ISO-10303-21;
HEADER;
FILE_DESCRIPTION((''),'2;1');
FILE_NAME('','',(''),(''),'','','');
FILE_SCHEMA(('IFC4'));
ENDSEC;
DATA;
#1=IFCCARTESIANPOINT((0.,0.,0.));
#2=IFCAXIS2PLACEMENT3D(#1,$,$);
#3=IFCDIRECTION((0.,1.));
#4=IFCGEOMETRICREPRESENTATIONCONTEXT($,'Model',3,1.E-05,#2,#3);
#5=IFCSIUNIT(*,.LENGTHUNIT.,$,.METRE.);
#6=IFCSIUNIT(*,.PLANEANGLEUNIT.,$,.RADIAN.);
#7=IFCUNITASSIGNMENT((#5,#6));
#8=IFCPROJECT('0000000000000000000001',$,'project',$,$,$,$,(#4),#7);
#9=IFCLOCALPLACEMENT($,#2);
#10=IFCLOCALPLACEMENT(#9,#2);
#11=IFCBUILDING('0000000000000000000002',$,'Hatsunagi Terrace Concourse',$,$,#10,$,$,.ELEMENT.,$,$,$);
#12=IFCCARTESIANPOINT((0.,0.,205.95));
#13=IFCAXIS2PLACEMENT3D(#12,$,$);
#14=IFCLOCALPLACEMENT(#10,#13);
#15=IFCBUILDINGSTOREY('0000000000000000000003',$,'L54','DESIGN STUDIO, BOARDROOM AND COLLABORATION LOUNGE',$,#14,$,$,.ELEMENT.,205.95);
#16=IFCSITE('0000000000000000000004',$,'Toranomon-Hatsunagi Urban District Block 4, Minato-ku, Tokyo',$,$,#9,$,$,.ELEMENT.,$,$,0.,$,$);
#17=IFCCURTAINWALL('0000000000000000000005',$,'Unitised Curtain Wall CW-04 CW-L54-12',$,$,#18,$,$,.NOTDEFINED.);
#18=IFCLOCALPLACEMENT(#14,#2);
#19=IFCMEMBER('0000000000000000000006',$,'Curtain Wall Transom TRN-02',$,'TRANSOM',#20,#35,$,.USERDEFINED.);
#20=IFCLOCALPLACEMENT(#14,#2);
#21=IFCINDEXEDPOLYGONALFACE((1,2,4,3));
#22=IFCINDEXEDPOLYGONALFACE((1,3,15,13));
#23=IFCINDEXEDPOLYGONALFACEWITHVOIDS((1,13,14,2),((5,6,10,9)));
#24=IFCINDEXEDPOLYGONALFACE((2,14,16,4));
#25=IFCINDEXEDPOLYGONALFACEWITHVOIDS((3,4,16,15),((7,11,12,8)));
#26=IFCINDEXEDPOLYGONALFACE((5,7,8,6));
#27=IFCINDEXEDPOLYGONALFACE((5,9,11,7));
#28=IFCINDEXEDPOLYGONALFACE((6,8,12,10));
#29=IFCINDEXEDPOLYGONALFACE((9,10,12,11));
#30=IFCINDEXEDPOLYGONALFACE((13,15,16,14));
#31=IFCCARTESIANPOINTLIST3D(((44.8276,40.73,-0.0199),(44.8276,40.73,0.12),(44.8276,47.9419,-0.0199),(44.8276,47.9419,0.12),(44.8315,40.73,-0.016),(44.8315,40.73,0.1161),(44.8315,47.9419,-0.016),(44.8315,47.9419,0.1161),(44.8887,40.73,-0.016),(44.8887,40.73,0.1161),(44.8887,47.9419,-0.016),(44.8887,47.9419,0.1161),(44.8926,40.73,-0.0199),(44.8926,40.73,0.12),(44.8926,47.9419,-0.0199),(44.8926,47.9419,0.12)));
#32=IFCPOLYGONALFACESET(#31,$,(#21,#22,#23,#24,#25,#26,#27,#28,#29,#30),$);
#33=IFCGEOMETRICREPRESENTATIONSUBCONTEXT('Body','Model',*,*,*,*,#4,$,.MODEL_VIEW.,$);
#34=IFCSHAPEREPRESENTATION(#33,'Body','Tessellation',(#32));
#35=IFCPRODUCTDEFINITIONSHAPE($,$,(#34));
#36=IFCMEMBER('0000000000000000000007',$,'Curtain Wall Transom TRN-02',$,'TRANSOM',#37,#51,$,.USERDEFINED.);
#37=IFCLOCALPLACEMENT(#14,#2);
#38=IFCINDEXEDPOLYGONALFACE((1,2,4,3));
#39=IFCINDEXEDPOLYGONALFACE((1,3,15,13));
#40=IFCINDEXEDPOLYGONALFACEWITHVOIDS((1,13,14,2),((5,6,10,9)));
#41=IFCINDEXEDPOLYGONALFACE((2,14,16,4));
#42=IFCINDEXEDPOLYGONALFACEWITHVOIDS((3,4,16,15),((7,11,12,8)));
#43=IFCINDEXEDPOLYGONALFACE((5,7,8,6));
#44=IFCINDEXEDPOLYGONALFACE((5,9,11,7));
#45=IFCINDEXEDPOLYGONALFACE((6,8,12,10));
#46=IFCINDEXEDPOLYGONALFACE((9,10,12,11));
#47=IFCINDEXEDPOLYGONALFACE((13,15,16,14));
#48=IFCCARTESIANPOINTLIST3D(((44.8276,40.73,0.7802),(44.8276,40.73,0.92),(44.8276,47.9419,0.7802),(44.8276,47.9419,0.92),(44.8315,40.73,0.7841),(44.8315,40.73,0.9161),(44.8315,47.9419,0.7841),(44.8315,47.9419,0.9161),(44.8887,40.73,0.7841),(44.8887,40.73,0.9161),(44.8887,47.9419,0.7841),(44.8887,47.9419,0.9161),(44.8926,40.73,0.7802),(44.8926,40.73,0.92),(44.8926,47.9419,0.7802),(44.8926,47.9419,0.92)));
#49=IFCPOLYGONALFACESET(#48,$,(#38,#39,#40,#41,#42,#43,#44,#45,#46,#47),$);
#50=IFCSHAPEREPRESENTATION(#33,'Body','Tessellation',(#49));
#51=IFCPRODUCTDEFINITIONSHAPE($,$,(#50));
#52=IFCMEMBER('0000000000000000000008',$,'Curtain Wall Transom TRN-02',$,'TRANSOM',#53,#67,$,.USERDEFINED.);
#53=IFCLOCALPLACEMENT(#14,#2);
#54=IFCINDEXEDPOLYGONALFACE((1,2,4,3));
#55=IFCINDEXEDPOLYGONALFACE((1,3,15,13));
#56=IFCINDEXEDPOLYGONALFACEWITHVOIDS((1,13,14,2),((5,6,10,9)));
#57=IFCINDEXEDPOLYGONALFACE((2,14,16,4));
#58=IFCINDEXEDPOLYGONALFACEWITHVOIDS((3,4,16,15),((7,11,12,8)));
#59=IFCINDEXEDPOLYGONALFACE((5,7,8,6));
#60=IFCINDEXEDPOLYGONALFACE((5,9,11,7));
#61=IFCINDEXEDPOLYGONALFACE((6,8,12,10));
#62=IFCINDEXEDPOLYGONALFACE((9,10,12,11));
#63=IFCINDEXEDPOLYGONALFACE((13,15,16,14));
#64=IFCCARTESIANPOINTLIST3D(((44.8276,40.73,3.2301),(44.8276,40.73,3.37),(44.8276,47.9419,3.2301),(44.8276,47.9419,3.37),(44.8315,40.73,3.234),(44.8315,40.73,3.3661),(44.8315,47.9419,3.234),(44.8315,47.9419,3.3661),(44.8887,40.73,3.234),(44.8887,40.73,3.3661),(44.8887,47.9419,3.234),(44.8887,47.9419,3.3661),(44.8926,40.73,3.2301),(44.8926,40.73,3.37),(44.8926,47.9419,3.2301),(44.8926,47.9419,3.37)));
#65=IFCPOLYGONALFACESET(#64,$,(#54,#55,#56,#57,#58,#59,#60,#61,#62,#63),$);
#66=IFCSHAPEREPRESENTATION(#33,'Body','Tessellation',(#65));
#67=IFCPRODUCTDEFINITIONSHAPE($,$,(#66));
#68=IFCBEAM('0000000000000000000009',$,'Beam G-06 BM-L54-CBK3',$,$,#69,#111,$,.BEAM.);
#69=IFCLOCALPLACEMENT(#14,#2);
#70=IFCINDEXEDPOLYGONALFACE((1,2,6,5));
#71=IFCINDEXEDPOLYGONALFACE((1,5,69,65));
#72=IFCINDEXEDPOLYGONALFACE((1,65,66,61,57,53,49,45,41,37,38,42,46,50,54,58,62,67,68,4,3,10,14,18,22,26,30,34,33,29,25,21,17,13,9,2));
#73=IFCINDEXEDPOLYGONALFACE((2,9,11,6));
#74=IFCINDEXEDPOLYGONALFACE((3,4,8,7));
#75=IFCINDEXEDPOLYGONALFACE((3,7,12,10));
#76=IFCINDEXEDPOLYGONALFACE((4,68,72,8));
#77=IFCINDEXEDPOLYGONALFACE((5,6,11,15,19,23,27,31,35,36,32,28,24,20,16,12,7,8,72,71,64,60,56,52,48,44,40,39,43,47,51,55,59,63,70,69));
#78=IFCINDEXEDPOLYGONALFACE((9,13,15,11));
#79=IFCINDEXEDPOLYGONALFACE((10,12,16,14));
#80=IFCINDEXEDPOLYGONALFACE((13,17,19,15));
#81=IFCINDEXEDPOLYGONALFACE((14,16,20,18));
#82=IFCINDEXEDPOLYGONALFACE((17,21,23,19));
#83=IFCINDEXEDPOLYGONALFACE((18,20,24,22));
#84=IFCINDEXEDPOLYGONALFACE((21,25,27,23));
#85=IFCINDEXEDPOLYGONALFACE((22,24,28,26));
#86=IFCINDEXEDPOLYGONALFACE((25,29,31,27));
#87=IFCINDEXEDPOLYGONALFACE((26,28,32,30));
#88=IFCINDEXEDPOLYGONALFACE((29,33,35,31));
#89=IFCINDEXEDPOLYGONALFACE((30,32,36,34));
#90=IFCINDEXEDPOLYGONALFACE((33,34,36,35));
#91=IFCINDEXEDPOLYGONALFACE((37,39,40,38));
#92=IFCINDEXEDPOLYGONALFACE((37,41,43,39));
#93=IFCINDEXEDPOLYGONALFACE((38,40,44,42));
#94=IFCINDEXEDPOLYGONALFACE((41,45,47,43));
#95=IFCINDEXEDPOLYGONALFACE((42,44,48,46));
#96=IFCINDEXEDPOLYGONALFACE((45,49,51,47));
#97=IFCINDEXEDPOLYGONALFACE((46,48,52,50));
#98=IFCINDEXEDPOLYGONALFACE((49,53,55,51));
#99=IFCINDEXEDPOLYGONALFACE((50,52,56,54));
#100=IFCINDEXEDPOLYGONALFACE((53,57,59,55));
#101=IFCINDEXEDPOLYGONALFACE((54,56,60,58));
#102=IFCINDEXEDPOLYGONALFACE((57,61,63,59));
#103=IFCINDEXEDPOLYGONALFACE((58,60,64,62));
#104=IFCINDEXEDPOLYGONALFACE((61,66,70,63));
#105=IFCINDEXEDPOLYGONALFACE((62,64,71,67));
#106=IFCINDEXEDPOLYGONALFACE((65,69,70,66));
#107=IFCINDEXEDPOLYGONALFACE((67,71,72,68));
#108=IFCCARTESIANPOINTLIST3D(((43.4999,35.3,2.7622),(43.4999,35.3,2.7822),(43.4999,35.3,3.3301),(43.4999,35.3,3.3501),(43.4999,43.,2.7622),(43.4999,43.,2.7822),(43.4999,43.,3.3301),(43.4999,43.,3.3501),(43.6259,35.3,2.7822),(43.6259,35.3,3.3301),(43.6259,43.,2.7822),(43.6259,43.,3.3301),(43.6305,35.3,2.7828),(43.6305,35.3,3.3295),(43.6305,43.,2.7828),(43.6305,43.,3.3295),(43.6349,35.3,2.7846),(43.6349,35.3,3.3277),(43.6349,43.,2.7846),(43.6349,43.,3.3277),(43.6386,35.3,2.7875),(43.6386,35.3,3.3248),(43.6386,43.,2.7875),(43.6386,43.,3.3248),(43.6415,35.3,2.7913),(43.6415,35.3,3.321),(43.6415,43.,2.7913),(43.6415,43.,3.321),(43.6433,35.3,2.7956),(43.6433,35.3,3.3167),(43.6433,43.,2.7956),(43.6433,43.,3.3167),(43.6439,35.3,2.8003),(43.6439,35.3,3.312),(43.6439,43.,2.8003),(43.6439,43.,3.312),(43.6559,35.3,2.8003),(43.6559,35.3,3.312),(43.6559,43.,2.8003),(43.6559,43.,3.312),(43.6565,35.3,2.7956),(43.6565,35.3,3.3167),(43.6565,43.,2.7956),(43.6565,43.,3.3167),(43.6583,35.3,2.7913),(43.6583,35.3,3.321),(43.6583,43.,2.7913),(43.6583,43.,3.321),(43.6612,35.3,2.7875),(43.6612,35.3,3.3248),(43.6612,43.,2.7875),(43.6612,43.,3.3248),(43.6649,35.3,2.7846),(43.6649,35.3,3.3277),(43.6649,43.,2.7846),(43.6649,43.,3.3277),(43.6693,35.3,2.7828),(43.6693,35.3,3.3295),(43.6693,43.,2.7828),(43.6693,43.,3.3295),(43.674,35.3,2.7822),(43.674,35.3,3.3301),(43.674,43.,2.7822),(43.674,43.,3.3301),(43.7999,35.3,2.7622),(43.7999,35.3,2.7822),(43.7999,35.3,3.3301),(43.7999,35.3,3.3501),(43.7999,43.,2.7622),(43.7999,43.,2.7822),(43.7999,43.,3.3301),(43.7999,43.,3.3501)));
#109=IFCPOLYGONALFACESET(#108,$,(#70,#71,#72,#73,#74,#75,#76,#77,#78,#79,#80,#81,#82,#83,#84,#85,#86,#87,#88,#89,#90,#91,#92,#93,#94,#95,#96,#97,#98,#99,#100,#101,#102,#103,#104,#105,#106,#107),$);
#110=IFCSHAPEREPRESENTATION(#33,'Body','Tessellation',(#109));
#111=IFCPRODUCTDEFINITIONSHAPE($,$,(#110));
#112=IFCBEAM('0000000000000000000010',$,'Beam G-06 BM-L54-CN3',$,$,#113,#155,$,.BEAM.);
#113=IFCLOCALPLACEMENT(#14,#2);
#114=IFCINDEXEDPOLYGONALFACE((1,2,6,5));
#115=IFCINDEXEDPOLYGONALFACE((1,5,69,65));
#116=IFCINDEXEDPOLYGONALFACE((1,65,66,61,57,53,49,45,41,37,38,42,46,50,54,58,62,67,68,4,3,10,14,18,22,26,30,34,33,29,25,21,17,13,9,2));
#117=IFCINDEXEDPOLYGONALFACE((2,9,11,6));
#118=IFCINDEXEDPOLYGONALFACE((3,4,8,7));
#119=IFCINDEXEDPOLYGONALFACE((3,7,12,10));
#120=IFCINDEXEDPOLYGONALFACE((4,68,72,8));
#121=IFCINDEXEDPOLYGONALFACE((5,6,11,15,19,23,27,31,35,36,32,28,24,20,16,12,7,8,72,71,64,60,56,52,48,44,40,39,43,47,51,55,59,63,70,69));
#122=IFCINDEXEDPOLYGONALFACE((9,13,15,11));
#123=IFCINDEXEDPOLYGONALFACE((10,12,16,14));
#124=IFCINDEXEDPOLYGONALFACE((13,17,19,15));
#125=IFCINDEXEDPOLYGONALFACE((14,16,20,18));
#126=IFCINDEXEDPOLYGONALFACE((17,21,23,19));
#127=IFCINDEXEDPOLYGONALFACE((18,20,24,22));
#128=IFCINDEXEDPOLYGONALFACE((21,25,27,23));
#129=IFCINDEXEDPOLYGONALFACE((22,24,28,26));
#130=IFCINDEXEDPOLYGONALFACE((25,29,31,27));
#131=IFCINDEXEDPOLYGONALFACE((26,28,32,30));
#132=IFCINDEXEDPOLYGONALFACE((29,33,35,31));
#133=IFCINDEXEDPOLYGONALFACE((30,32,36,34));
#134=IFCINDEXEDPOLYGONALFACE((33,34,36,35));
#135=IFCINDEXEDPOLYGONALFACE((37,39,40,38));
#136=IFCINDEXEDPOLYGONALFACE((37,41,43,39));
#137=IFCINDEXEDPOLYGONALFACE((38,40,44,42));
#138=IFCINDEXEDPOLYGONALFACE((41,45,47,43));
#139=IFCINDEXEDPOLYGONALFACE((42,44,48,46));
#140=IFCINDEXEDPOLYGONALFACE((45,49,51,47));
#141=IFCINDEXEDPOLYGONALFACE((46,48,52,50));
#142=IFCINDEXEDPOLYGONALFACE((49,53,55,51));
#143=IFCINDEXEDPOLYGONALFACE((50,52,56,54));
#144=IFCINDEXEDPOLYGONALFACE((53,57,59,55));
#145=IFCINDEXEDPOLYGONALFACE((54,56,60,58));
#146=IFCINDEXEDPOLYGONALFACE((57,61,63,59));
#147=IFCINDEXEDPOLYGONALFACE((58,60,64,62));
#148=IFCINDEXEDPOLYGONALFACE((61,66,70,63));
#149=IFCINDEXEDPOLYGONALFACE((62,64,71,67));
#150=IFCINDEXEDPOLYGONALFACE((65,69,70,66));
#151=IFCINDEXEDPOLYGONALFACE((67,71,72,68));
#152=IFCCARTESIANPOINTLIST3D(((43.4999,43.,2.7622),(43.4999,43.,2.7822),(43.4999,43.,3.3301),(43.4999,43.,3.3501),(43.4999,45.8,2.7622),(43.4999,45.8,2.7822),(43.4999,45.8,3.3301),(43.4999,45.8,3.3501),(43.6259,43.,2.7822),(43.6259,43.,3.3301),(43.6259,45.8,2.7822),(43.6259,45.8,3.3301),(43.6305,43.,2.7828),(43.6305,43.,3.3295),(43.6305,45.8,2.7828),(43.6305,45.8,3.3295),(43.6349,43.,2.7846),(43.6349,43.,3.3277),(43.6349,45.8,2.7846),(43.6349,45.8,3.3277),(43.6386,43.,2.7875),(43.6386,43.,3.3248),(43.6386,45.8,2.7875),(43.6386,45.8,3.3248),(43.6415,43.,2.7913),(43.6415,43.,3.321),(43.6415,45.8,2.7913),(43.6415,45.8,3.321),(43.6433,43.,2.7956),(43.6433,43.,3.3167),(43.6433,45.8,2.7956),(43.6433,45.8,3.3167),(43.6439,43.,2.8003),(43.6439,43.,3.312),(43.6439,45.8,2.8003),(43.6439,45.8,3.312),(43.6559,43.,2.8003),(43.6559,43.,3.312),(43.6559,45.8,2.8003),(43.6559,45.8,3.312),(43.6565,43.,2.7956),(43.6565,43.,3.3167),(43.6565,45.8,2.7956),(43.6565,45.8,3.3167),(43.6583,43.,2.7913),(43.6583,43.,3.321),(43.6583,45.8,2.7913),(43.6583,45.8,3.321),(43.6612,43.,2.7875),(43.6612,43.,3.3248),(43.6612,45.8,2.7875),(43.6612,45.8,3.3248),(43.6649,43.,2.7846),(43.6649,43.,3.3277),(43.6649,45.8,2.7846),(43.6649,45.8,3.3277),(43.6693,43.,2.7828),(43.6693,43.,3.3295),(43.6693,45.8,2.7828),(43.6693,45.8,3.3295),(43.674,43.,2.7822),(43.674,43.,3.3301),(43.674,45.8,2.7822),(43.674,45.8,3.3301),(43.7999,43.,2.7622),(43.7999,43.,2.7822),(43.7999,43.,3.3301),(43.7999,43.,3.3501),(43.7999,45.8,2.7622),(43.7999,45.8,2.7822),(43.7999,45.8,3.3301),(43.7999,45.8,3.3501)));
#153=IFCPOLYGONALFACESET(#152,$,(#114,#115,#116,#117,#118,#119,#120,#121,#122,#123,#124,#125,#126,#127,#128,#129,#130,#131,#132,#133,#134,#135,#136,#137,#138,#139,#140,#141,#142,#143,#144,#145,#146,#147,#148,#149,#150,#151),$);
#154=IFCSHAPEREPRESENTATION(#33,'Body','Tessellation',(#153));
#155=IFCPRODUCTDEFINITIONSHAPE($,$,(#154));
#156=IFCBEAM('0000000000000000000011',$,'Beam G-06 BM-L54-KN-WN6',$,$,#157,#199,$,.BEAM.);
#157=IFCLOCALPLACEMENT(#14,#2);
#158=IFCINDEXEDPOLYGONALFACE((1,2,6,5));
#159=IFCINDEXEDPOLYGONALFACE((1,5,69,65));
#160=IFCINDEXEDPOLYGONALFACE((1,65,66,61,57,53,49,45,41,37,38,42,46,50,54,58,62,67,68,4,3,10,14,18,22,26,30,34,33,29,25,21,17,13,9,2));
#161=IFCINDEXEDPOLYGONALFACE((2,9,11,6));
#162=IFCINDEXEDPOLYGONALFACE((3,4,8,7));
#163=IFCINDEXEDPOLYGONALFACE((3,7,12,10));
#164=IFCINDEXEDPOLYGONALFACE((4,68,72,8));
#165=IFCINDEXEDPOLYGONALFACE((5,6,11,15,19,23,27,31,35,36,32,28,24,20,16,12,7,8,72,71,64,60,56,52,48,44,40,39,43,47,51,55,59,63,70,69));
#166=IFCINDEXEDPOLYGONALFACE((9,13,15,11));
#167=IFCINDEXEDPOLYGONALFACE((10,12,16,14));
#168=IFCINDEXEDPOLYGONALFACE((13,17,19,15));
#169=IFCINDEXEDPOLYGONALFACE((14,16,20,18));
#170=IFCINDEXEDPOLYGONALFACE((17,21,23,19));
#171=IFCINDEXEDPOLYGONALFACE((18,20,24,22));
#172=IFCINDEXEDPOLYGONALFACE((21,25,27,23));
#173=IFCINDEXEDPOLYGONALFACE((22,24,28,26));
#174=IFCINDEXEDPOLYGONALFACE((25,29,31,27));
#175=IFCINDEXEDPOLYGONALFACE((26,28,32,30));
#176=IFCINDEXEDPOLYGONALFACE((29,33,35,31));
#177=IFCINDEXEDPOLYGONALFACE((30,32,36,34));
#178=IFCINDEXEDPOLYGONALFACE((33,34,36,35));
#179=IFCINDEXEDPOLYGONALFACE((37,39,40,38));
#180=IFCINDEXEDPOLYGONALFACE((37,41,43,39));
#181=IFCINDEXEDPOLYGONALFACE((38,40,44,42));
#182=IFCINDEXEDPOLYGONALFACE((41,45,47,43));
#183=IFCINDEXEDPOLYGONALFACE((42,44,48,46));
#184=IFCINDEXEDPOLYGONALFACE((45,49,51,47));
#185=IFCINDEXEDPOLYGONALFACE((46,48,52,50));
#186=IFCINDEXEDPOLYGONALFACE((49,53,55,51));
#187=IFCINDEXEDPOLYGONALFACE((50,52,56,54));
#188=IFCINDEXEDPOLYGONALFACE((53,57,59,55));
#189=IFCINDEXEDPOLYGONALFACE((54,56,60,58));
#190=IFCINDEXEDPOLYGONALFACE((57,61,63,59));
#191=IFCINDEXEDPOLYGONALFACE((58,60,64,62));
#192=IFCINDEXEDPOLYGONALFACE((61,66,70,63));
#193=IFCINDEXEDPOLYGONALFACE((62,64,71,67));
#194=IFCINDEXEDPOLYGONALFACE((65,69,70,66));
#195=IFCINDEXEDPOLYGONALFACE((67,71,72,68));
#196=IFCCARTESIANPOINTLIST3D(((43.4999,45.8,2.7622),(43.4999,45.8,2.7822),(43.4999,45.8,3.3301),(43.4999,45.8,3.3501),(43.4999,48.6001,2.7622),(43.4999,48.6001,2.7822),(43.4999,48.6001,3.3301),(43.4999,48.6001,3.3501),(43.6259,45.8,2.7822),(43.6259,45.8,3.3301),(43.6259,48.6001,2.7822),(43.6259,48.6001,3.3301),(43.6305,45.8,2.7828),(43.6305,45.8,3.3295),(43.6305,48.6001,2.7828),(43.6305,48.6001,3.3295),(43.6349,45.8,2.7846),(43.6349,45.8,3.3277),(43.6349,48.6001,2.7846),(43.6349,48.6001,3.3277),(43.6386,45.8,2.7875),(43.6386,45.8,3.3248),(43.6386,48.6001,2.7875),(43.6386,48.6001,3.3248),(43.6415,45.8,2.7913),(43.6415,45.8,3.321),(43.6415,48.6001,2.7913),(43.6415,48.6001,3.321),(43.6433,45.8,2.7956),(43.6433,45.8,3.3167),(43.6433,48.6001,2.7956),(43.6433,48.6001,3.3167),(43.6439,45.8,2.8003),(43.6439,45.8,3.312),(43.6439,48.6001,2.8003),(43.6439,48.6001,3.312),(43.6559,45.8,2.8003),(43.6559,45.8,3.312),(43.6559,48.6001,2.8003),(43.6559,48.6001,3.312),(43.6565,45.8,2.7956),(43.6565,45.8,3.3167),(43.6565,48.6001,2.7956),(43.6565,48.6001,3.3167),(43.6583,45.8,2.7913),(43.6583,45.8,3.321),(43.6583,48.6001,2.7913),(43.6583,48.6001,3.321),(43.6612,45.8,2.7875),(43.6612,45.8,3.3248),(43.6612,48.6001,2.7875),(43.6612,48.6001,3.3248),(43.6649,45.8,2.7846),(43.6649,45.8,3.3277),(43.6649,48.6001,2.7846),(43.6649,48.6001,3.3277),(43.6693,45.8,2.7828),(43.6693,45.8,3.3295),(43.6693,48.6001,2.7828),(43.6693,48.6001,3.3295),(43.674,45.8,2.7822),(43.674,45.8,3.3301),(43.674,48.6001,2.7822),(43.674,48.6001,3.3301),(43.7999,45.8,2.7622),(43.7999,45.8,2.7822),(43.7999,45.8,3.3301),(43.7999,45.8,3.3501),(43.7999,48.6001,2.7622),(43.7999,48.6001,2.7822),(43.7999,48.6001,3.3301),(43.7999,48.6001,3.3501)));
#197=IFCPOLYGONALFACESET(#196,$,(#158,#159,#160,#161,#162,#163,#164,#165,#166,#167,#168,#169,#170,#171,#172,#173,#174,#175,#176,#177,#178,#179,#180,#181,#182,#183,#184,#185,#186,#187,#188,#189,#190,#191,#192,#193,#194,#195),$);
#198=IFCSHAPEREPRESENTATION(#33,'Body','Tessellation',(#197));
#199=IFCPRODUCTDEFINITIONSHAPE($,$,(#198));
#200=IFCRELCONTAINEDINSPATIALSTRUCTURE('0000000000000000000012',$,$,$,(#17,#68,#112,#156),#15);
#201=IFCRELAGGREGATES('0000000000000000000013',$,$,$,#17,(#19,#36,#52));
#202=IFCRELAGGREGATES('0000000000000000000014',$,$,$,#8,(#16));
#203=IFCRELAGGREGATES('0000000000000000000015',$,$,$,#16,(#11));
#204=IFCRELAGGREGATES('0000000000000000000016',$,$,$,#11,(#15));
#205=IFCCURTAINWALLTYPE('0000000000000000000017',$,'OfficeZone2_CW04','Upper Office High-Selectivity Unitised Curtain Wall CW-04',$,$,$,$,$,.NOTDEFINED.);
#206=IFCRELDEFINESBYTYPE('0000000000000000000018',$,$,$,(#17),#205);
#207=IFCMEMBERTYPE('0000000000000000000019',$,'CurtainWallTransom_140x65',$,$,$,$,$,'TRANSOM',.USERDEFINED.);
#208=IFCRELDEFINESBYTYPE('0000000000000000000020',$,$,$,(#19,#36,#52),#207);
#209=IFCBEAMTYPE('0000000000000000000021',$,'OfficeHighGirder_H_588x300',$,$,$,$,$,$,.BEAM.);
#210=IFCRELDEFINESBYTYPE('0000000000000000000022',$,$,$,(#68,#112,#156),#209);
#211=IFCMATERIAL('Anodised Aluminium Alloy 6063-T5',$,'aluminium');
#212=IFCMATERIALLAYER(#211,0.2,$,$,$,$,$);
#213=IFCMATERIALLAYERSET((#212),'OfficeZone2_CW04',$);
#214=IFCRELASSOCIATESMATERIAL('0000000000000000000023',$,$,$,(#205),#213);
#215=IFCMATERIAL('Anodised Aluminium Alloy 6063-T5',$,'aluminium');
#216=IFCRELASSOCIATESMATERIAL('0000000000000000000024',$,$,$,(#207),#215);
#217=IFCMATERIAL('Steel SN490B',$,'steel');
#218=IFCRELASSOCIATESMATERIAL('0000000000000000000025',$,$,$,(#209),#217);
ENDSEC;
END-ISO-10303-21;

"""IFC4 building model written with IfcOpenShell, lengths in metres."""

from ifc_helpers import new_model, si_unit, direction, frame, origin, origin_2d, place, context, subcontext, project, spatial, hollow_rectangle, i_section, extrude, material, layer, layer_set, material_profile, profile_set, type_object, element, aggregate, save


model = new_model("IFC4")

# Units and contexts
model_context = context("Model", 3, precision=1e-05, world=origin(), true_north=direction((0.0, 1.0)))
body_context = subcontext(model_context, "Body", "Model", "MODEL_VIEW")
ifc_project = project(units=[si_unit("LENGTHUNIT", "METRE"), si_unit("PLANEANGLEUNIT", "RADIAN")], contexts=[model_context])

# Site, building, storey
site_placement = place(None, origin())
site = spatial("IfcSite", under=ifc_project, at=site_placement, Name="Toranomon-Hatsunagi Urban District Block 4, Minato-ku, Tokyo", CompositionType="ELEMENT", RefElevation=0.0)
building_placement = place(site_placement, origin())
building = spatial("IfcBuilding", under=site, at=building_placement, Name="Hatsunagi Terrace Concourse", CompositionType="ELEMENT")
storey_placement = place(building_placement, frame((0.0, 0.0, 205.95)))
storey = spatial("IfcBuildingStorey", under=building, at=storey_placement, Name="L54", Description="DESIGN STUDIO, BOARDROOM AND COLLABORATION LOUNGE", CompositionType="ELEMENT", Elevation=205.95)

# Curtain wall
ifc_material_1 = material(Name="Anodised Aluminium Alloy 6063-T5", Category="aluminium")
ifc_layer_1 = layer(ifc_material_1, 0.2)
ifc_layer_set_1 = layer_set([ifc_layer_1], Name="OfficeZone2_CW04")
curtain_wall_type = type_object("IfcCurtainWallType", Name="OfficeZone2_CW04", Description="Upper Office High-Selectivity Unitised Curtain Wall CW-04", PredefinedType="NOTDEFINED", material=ifc_layer_set_1)
curtain_wall_1_placement = place(storey_placement, origin())
curtain_wall_1 = element("IfcCurtainWall", 1, at=curtain_wall_1_placement, inside=storey, type_object=curtain_wall_type, Name="Unitised Curtain Wall CW-04 CW-L54-12", PredefinedType="NOTDEFINED")
ifc_material_2 = material(Name="Anodised Aluminium Alloy 6063-T5", Category="aluminium")
ifc_material_profile_1 = material_profile(ifc_material_2, hollow_rectangle(XDim=0.0649, YDim=0.1399, WallThickness=0.0039, at=origin_2d()), Name="ALU-TRN-140x65x4")
ifc_profile_set_1 = profile_set([ifc_material_profile_1], Name="Anodised Aluminium Alloy 6063-T5")
member_type_1 = type_object("IfcMemberType", Name="CurtainWallTransom_140x65", ElementType="TRANSOM", PredefinedType="USERDEFINED", material=ifc_profile_set_1)

# Members
member_1_placement = place(storey_placement, frame((44.8601, 47.9419, 0.05), z_axis=(0.0, -1.0, 0.0), x_axis=(1.0, 0.0, 0.0)))
member_1 = element("IfcMember", 2, at=member_1_placement, type_object=member_type_1, Name="Curtain Wall Transom TRN-02", ObjectType="TRANSOM", PredefinedType="USERDEFINED", context=body_context, shape_type="SweptSolid", body=[
    extrude(hollow_rectangle(XDim=0.0649, YDim=0.1399, WallThickness=0.0039, at=origin_2d()), origin(), (0.0, 0.0, 1.0), 7.2119),
])
member_2_placement = place(storey_placement, frame((44.8601, 47.9419, 0.8501), z_axis=(0.0, -1.0, 0.0), x_axis=(1.0, 0.0, 0.0)))
member_2 = element("IfcMember", 3, at=member_2_placement, type_object=member_type_1, Name="Curtain Wall Transom TRN-02", ObjectType="TRANSOM", PredefinedType="USERDEFINED", context=body_context, shape_type="SweptSolid", body=[
    extrude(hollow_rectangle(XDim=0.0649, YDim=0.1399, WallThickness=0.0039, at=origin_2d()), origin(), (0.0, 0.0, 1.0), 7.2119),
])
member_3_placement = place(storey_placement, frame((44.8601, 47.9419, 3.3), z_axis=(0.0, -1.0, 0.0), x_axis=(1.0, 0.0, 0.0)))
member_3 = element("IfcMember", 4, at=member_3_placement, type_object=member_type_1, Name="Curtain Wall Transom TRN-02", ObjectType="TRANSOM", PredefinedType="USERDEFINED", context=body_context, shape_type="SweptSolid", body=[
    extrude(hollow_rectangle(XDim=0.0649, YDim=0.1399, WallThickness=0.0039, at=origin_2d()), origin(), (0.0, 0.0, 1.0), 7.2119),
])

# Beams
ifc_material_3 = material(Name="Steel SN490B", Category="steel")
ifc_material_profile_2 = material_profile(ifc_material_3, i_section(OverallWidth=0.3, OverallDepth=0.5879, WebThickness=0.012, FlangeThickness=0.02, FilletRadius=0.0181, at=origin_2d()), Name="H-588x300x12x20")
ifc_profile_set_2 = profile_set([ifc_material_profile_2], Name="Steel SN490B")
beam_type_1 = type_object("IfcBeamType", Name="OfficeHighGirder_H_588x300", PredefinedType="BEAM", material=ifc_profile_set_2)
beam_1_placement = place(storey_placement, frame((43.6499, 35.3, 3.0562), z_axis=(0.0, 1.0, 0.0), x_axis=(-1.0, 0.0, 0.0)))
element("IfcBeam", 5, at=beam_1_placement, inside=storey, type_object=beam_type_1, Name="Beam G-06 BM-L54-CBK3", PredefinedType="BEAM", context=body_context, shape_type="SweptSolid", body=[
    extrude(i_section(OverallWidth=0.3, OverallDepth=0.5879, WebThickness=0.012, FlangeThickness=0.02, FilletRadius=0.0181, at=origin_2d()), origin(), (0.0, 0.0, 1.0), 7.7),
])
for number, where, z_axis, x_axis, name in (
    (6, (43.6499, 43.0, 3.0562), (0.0, 1.0, 0.0), (-1.0, 0.0, 0.0), "Beam G-06 BM-L54-CN3"),
    (7, (43.6499, 45.8, 3.0562), (0.0, 1.0, 0.0), (-1.0, 0.0, 0.0), "Beam G-06 BM-L54-KN-WN6"),
):
    element("IfcBeam", number, at=place(storey_placement, frame(where, z_axis=z_axis, x_axis=x_axis)), inside=storey, type_object=beam_type_1, Name=name, PredefinedType="BEAM", context=body_context, shape_type="SweptSolid", body=[
        extrude(i_section(OverallWidth=0.3, OverallDepth=0.5879, WebThickness=0.012, FlangeThickness=0.02, FilletRadius=0.0181, at=origin_2d()), origin(), (0.0, 0.0, 1.0), 2.8),
    ])

aggregate(curtain_wall_1, [member_1, member_2, member_3])

save(model, "model.ifc")
